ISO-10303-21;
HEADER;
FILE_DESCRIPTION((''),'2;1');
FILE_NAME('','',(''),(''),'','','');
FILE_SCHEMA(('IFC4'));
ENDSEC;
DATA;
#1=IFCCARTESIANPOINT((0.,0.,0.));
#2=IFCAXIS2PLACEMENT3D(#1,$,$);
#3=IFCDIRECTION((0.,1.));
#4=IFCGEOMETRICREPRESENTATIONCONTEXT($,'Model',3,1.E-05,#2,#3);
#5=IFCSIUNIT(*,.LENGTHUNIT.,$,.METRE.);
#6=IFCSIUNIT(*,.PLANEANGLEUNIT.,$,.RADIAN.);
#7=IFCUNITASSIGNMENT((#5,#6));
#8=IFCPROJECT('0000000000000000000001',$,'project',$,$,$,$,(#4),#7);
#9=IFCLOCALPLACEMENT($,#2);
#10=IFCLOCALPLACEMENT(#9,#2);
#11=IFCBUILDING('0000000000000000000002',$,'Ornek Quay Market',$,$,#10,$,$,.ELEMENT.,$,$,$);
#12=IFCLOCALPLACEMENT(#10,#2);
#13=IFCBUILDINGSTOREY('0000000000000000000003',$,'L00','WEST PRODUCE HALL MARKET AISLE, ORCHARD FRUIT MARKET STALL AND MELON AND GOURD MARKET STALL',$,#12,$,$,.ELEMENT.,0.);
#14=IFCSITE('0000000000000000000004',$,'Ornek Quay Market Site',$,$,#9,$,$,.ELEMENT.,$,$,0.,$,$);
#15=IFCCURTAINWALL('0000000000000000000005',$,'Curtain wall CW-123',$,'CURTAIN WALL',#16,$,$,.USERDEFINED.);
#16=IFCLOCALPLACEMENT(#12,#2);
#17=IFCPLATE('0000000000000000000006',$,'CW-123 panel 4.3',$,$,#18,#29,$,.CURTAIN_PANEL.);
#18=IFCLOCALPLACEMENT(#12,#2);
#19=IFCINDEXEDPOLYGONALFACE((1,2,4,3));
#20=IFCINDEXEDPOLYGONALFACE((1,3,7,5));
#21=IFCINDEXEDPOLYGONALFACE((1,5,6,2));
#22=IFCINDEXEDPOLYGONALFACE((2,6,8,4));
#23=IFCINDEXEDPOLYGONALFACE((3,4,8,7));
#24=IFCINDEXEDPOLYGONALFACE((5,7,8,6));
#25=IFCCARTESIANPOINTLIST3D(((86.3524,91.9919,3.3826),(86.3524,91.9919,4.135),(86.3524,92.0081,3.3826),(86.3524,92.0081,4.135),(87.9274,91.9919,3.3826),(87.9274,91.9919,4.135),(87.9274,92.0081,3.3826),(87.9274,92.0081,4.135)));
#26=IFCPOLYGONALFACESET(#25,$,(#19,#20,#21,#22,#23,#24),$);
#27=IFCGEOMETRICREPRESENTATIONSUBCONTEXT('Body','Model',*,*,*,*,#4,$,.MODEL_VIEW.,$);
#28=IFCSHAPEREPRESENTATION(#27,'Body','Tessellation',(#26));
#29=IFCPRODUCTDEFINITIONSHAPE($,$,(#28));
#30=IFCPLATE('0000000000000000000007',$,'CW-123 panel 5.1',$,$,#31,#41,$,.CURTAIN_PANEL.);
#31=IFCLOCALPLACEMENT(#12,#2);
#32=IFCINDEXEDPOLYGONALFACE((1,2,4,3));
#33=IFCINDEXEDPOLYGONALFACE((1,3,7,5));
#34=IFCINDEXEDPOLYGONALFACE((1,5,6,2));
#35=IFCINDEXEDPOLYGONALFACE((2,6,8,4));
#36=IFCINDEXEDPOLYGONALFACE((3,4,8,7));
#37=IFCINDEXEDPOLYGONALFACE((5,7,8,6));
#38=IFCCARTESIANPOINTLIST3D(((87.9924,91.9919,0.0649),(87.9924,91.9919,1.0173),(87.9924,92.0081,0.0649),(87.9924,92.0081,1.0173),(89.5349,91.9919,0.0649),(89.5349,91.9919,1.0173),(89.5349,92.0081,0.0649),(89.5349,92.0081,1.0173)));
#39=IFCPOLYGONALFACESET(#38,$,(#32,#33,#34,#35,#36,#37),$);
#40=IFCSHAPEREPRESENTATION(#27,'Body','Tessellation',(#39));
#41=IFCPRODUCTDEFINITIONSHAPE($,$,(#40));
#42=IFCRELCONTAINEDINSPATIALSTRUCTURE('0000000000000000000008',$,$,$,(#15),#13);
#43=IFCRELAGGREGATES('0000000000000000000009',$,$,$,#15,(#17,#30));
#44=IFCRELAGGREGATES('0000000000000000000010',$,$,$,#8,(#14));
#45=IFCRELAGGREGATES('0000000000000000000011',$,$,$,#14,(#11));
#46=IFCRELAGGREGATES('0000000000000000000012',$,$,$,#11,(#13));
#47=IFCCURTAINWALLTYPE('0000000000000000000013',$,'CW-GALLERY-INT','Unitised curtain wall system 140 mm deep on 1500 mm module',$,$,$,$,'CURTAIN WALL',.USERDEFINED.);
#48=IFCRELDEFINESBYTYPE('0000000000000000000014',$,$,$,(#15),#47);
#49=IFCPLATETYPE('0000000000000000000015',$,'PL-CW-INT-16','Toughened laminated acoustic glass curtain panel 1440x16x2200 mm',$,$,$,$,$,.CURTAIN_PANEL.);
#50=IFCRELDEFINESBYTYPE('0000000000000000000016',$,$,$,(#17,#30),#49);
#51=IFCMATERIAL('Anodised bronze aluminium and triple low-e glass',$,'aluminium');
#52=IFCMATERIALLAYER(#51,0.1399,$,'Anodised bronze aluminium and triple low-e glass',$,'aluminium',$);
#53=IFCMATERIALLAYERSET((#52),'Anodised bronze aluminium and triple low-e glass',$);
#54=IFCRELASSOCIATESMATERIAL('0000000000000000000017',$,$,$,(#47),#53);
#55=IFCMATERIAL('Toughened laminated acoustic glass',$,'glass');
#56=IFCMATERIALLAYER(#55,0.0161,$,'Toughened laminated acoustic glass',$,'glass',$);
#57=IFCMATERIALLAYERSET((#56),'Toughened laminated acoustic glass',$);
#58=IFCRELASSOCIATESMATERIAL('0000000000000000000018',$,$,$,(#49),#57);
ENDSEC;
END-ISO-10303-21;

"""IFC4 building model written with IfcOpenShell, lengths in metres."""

from ifc_helpers import new_model, si_unit, direction, frame, origin, origin_2d, place, context, subcontext, project, spatial, rectangle, extrude, material, layer, layer_set, type_object, element, aggregate, save


model = new_model("IFC4")

# Units and contexts
model_context = context("Model", 3, precision=1e-05, world=origin(), true_north=direction((0.0, 1.0)))
body_context = subcontext(model_context, "Body", "Model", "MODEL_VIEW")
ifc_project = project(units=[si_unit("LENGTHUNIT", "METRE"), si_unit("PLANEANGLEUNIT", "RADIAN")], contexts=[model_context])

# Site, building, storey
site_placement = place(None, origin())
site = spatial("IfcSite", under=ifc_project, at=site_placement, Name="Ornek Quay Market Site", CompositionType="ELEMENT", RefElevation=0.0)
building_placement = place(site_placement, origin())
building = spatial("IfcBuilding", under=site, at=building_placement, Name="Ornek Quay Market", CompositionType="ELEMENT")
storey_placement = place(building_placement, origin())
storey = spatial("IfcBuildingStorey", under=building, at=storey_placement, Name="L00", Description="WEST PRODUCE HALL MARKET AISLE, ORCHARD FRUIT MARKET STALL AND MELON AND GOURD MARKET STALL", CompositionType="ELEMENT", Elevation=0.0)

# Curtain wall, plates
ifc_material_1 = material(Name="Anodised bronze aluminium and triple low-e glass", Category="aluminium")
ifc_layer_1 = layer(ifc_material_1, 0.1399, Name="Anodised bronze aluminium and triple low-e glass", Category="aluminium")
ifc_layer_set_1 = layer_set([ifc_layer_1], Name="Anodised bronze aluminium and triple low-e glass")
curtain_wall_type = type_object("IfcCurtainWallType", Name="CW-GALLERY-INT", Description="Unitised curtain wall system 140 mm deep on 1500 mm module", ElementType="CURTAIN WALL", PredefinedType="USERDEFINED", material=ifc_layer_set_1)
curtain_wall_placement = place(storey_placement, origin())
curtain_wall = element("IfcCurtainWall", 1, at=curtain_wall_placement, inside=storey, type_object=curtain_wall_type, Name="Curtain wall CW-123", ObjectType="CURTAIN WALL", PredefinedType="USERDEFINED")
ifc_material_2 = material(Name="Toughened laminated acoustic glass", Category="glass")
ifc_layer_2 = layer(ifc_material_2, 0.0161, Name="Toughened laminated acoustic glass", Category="glass")
ifc_layer_set_2 = layer_set([ifc_layer_2], Name="Toughened laminated acoustic glass")
plate_type = type_object("IfcPlateType", Name="PL-CW-INT-16", Description="Toughened laminated acoustic glass curtain panel 1440x16x2200 mm", PredefinedType="CURTAIN_PANEL", material=ifc_layer_set_2)
plate_1_placement = place(storey_placement, frame((87.1399, 92.0, 3.3826), z_axis=(0.0, 0.0, 1.0), x_axis=(1.0, 0.0, 0.0)))
plate_1 = element("IfcPlate", 2, at=plate_1_placement, type_object=plate_type, Name="CW-123 panel 4.3", PredefinedType="CURTAIN_PANEL", context=body_context, shape_type="SweptSolid", body=[
    extrude(rectangle(XDim=1.575, YDim=0.0161, at=origin_2d()), origin(), (0.0, 0.0, 1.0), 0.7524),
])
plate_2_placement = place(storey_placement, frame((88.7637, 92.0, 0.0649), z_axis=(0.0, 0.0, 1.0), x_axis=(1.0, 0.0, 0.0)))
plate_2 = element("IfcPlate", 3, at=plate_2_placement, type_object=plate_type, Name="CW-123 panel 5.1", PredefinedType="CURTAIN_PANEL", context=body_context, shape_type="SweptSolid", body=[
    extrude(rectangle(XDim=1.5425, YDim=0.0161, at=origin_2d()), origin(), (0.0, 0.0, 1.0), 0.9524),
])
aggregate(curtain_wall, [plate_1, plate_2])

save(model, "model.ifc")
